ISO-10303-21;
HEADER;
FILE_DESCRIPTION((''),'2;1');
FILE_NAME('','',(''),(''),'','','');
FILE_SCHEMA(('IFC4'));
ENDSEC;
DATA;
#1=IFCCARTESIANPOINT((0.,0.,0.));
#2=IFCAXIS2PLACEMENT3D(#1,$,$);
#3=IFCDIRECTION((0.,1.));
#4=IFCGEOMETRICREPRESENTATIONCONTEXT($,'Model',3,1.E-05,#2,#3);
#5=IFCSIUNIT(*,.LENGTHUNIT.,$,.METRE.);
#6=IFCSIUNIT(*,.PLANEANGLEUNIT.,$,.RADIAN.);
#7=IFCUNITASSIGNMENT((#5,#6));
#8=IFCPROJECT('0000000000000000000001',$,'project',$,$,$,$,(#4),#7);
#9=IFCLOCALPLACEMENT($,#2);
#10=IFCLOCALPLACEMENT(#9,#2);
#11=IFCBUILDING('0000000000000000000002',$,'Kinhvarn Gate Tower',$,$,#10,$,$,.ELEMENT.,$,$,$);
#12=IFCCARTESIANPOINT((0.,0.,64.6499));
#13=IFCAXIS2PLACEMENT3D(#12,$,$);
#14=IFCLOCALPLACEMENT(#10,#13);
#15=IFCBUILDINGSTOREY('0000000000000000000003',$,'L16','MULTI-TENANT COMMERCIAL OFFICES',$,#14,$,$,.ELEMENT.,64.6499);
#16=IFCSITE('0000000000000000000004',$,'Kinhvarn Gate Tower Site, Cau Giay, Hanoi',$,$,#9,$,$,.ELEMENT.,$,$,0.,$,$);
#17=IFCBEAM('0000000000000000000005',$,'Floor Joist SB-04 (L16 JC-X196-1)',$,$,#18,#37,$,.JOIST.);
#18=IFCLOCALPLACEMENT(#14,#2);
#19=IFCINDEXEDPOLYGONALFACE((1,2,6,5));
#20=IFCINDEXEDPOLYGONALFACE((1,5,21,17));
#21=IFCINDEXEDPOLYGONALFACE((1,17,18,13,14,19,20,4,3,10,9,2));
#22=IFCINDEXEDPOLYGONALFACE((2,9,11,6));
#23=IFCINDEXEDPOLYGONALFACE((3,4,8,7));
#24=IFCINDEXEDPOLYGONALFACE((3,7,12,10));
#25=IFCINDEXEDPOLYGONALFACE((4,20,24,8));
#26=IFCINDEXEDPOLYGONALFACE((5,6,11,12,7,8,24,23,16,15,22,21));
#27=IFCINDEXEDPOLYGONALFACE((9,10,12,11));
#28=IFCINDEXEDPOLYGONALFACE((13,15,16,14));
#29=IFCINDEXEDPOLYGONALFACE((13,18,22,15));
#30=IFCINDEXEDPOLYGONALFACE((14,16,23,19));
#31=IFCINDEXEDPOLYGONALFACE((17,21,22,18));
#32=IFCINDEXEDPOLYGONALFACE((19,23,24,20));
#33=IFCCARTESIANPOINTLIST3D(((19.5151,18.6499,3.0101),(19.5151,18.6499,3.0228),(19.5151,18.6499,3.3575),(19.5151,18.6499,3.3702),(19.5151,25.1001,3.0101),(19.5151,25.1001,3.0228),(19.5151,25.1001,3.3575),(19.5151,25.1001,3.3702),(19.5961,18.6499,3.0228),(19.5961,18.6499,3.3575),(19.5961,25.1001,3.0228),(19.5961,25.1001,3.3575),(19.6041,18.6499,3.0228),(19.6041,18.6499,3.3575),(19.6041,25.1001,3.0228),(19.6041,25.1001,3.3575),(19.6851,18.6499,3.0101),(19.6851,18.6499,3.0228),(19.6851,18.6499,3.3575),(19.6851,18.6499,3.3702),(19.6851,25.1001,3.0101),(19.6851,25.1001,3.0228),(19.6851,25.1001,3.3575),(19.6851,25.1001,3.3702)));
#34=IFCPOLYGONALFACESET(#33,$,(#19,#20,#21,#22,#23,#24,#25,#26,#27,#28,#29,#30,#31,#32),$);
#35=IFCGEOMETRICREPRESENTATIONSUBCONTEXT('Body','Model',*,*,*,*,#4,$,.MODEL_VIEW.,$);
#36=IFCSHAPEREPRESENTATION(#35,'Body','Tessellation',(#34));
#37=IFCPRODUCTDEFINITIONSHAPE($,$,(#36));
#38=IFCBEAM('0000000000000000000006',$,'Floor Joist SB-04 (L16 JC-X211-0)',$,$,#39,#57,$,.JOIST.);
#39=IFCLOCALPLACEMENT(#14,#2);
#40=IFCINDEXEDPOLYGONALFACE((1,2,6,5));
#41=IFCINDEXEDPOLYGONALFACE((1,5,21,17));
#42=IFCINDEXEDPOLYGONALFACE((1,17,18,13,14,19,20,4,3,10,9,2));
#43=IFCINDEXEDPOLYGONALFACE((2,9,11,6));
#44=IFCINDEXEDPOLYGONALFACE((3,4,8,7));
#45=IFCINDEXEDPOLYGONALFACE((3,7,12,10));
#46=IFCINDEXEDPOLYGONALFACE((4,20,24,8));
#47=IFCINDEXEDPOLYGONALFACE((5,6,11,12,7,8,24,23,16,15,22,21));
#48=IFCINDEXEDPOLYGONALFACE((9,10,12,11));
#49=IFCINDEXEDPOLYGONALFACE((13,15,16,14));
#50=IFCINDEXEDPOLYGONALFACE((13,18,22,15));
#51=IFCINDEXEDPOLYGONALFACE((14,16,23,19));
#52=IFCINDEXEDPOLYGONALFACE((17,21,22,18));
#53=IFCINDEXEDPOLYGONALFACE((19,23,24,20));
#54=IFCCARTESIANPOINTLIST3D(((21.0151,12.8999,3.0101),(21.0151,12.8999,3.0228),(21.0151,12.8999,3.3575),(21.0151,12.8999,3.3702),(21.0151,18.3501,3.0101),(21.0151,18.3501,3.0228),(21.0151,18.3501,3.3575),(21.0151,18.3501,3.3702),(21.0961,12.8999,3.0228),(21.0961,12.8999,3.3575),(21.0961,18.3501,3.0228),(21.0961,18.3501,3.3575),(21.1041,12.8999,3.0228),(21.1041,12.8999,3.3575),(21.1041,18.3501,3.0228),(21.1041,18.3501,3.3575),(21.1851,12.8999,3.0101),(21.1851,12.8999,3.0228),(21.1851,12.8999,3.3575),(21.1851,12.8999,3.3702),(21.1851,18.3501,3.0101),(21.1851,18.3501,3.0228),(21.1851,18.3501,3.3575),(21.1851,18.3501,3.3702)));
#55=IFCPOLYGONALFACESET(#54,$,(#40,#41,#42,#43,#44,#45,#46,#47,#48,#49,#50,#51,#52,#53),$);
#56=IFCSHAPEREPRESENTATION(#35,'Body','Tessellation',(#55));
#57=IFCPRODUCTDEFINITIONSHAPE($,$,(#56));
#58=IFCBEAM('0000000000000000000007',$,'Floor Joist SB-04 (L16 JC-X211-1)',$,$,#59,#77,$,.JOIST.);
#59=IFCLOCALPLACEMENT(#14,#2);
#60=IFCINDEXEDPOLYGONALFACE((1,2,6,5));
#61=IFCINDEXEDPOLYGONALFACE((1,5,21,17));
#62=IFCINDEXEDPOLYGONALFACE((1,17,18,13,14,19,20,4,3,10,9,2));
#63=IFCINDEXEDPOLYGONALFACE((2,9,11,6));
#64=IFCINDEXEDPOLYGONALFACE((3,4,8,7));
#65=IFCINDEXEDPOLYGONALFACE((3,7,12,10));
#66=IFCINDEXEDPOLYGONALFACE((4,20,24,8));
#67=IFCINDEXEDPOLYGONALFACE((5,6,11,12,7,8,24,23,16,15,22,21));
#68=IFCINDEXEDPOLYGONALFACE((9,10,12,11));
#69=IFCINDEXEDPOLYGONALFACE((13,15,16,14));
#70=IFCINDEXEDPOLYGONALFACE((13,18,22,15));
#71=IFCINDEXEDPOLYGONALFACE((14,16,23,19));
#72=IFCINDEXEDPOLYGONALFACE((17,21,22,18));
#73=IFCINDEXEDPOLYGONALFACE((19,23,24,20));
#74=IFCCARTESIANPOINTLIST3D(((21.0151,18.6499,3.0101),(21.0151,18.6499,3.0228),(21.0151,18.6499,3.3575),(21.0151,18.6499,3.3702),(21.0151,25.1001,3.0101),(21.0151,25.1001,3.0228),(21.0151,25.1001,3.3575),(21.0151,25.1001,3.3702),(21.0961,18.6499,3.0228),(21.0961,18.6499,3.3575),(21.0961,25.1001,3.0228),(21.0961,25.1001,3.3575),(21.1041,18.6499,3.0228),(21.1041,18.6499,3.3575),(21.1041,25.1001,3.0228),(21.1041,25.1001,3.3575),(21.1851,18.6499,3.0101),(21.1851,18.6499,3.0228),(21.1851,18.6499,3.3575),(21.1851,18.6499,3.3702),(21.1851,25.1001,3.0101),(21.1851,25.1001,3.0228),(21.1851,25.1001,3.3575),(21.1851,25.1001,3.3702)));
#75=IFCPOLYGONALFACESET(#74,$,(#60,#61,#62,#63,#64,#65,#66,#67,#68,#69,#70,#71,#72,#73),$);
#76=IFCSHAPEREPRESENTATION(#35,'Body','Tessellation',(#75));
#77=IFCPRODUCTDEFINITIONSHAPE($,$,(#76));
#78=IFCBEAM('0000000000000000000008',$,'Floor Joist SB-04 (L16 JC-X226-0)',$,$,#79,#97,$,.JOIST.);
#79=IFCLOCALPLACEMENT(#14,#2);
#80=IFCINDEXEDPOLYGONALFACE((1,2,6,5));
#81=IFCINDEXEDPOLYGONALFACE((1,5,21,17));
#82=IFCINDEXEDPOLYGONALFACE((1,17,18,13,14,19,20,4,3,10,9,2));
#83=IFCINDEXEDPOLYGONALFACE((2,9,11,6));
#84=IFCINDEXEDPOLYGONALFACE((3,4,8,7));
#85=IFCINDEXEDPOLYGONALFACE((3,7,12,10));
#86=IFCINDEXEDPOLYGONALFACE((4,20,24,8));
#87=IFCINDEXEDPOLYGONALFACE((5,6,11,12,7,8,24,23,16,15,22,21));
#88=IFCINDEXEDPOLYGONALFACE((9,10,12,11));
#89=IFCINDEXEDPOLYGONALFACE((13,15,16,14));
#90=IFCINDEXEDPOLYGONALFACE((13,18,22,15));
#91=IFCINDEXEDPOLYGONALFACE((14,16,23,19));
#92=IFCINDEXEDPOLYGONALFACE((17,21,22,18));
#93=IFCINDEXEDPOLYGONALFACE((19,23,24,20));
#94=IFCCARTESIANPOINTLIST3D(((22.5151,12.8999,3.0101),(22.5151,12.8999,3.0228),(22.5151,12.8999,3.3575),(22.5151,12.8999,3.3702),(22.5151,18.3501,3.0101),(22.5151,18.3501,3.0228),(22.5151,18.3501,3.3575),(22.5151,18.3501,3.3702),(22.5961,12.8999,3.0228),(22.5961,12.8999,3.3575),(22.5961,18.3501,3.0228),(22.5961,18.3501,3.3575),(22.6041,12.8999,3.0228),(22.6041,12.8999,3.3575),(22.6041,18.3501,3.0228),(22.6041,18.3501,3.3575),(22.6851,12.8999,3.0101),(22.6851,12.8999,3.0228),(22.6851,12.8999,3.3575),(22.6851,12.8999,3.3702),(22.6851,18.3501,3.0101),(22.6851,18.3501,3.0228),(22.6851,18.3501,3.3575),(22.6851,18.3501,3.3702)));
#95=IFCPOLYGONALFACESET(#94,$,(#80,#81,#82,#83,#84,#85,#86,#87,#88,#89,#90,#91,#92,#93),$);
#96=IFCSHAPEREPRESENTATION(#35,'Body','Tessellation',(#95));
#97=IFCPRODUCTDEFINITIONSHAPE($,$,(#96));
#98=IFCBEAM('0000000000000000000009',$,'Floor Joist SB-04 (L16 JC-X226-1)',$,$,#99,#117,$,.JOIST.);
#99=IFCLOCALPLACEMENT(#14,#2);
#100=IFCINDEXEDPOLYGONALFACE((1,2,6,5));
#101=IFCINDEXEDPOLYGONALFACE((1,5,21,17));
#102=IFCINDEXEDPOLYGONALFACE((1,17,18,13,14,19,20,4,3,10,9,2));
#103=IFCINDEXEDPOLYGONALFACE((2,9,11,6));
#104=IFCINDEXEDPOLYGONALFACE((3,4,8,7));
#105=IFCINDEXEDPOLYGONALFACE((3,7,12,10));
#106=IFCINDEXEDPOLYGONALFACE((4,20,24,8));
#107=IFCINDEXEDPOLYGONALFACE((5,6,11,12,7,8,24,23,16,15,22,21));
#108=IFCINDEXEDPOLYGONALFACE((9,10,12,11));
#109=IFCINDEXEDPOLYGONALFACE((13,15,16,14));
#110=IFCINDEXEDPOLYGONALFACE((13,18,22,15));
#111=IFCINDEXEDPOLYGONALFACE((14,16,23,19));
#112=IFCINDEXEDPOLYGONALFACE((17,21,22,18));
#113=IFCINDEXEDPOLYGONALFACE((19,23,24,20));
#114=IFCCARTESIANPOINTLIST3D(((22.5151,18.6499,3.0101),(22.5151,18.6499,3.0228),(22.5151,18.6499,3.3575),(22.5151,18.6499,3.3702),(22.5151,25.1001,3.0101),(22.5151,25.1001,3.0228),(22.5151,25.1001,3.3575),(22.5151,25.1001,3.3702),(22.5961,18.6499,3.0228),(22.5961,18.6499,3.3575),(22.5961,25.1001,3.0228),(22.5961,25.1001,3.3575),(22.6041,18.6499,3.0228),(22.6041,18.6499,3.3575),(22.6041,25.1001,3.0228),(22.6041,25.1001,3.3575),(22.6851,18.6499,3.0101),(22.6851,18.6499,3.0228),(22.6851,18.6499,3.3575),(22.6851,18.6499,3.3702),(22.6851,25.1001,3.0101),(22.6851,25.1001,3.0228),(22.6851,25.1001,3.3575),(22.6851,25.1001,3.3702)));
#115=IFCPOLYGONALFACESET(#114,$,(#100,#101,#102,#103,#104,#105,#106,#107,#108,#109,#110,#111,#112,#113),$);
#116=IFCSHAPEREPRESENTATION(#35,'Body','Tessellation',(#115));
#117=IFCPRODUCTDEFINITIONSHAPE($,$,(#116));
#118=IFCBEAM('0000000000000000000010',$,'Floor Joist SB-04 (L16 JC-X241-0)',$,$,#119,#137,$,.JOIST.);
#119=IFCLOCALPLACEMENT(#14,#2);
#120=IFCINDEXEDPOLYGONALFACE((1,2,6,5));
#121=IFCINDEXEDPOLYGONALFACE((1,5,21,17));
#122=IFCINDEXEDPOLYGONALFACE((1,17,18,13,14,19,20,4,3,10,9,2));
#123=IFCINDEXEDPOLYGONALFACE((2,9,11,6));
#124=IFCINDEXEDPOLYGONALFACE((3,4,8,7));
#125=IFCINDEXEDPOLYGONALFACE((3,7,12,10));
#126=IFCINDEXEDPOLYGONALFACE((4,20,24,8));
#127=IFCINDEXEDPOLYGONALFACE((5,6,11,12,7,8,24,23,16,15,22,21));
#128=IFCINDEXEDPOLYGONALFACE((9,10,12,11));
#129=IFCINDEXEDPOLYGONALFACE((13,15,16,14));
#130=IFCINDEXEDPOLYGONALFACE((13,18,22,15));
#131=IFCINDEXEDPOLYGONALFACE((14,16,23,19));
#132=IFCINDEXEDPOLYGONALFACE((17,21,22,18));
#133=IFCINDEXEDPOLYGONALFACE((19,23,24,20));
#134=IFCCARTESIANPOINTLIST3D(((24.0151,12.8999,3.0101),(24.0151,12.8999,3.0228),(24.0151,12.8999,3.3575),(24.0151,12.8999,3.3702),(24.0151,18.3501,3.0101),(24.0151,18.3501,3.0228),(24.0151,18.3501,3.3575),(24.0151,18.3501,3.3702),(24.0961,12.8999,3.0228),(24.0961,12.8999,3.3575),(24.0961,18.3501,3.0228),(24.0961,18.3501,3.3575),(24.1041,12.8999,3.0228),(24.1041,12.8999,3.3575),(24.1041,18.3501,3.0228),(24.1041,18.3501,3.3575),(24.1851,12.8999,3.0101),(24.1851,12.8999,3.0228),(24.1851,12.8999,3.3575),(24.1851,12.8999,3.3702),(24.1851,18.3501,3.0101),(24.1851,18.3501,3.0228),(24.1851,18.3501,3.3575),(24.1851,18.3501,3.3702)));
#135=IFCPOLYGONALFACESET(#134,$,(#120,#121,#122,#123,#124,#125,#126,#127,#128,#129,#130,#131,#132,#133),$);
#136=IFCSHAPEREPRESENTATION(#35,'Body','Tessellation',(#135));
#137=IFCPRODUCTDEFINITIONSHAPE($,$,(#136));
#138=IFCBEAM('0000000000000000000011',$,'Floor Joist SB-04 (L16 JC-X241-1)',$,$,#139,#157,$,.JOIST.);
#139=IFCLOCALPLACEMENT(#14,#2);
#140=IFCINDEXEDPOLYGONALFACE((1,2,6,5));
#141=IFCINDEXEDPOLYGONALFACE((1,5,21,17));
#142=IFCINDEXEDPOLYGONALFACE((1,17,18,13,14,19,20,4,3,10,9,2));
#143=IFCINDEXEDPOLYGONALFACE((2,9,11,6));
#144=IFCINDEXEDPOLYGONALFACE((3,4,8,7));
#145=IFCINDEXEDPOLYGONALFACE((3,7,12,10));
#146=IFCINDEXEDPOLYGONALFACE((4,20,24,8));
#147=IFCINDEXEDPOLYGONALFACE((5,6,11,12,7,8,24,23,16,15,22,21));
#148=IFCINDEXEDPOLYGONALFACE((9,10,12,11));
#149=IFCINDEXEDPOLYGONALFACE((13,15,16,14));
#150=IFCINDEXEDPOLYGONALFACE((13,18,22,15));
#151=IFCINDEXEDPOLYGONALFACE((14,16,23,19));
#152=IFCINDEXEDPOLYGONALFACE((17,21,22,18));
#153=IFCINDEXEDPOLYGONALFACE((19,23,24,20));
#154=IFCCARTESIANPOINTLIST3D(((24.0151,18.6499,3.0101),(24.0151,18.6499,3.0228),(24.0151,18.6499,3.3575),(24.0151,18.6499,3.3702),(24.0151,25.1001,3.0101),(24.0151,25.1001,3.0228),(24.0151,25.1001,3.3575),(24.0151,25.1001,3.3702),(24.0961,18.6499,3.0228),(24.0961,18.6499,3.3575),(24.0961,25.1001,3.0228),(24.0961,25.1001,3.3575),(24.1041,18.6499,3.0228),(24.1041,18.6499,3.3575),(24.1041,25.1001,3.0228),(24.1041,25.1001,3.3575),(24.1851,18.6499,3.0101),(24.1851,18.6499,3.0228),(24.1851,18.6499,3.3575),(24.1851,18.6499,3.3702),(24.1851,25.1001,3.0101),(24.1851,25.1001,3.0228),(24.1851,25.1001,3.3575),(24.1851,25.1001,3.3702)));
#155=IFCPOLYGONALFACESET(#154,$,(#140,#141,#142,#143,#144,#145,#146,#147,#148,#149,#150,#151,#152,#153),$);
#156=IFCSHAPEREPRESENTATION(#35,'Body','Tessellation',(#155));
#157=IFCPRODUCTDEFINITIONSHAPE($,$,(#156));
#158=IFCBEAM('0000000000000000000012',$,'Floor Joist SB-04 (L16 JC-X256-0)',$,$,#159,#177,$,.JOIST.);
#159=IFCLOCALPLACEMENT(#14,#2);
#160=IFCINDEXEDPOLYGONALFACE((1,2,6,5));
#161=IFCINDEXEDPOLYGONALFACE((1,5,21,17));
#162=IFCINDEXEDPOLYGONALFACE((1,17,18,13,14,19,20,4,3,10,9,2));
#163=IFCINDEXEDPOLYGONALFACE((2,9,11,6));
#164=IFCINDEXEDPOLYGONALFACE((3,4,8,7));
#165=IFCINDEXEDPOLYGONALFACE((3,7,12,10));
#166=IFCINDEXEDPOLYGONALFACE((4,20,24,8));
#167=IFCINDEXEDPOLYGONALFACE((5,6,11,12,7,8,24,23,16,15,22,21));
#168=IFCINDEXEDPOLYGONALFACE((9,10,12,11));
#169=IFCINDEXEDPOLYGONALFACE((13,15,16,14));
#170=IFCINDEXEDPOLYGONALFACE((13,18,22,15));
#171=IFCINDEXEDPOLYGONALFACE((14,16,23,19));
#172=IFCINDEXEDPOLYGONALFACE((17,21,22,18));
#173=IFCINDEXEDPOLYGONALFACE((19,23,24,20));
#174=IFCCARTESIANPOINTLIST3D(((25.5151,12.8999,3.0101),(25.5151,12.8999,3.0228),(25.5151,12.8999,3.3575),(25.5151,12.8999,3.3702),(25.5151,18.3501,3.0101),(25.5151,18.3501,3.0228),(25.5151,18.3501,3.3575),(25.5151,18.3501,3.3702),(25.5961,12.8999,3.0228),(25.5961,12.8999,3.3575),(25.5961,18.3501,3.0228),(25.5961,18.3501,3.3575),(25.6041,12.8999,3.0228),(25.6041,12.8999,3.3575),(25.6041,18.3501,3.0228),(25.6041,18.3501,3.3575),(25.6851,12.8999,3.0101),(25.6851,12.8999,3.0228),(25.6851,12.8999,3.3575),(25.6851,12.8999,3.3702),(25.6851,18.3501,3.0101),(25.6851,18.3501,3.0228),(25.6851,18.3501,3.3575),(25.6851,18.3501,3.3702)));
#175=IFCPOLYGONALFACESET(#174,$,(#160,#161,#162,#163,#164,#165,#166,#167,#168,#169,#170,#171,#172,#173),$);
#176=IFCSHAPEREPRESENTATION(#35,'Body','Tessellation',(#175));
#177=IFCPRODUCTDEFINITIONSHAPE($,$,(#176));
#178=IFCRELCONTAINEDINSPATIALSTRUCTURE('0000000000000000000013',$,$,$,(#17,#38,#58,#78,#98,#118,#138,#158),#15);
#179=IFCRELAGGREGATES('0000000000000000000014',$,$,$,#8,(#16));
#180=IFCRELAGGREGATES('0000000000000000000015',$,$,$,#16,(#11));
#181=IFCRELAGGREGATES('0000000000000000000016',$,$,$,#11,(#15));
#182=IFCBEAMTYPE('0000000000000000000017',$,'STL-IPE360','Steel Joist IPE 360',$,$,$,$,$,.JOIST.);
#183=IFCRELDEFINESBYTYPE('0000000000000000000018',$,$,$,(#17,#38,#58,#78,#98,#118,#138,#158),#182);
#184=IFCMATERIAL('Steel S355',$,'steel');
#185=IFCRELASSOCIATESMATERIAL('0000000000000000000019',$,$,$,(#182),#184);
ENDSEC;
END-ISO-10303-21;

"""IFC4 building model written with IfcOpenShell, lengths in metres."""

from ifc_helpers import new_model, si_unit, direction, frame, origin, origin_2d, place, context, subcontext, project, spatial, i_section, extrude, material, material_profile, profile_set, type_object, element, save


model = new_model("IFC4")

# Units and contexts
model_context = context("Model", 3, precision=1e-05, world=origin(), true_north=direction((0.0, 1.0)))
body_context = subcontext(model_context, "Body", "Model", "MODEL_VIEW")
ifc_project = project(units=[si_unit("LENGTHUNIT", "METRE"), si_unit("PLANEANGLEUNIT", "RADIAN")], contexts=[model_context])

# Site, building, storey
site_placement = place(None, origin())
site = spatial("IfcSite", under=ifc_project, at=site_placement, Name="Kinhvarn Gate Tower Site, Cau Giay, Hanoi", CompositionType="ELEMENT", RefElevation=0.0)
building_placement = place(site_placement, origin())
building = spatial("IfcBuilding", under=site, at=building_placement, Name="Kinhvarn Gate Tower", CompositionType="ELEMENT")
storey_placement = place(building_placement, frame((0.0, 0.0, 64.6499)))
storey = spatial("IfcBuildingStorey", under=building, at=storey_placement, Name="L16", Description="MULTI-TENANT COMMERCIAL OFFICES", CompositionType="ELEMENT", Elevation=64.6499)

# Beams
ifc_material_1 = material(Name="Steel S355", Category="steel")
ifc_material_profile = material_profile(ifc_material_1, i_section(OverallWidth=0.1699, OverallDepth=0.3601, WebThickness=0.0081, FlangeThickness=0.0127, at=origin_2d()), Name="IPE 360")
ifc_profile_set = profile_set([ifc_material_profile], Name="Steel S355")
beam_type = type_object("IfcBeamType", Name="STL-IPE360", Description="Steel Joist IPE 360", PredefinedType="JOIST", material=ifc_profile_set)
beam_1_placement = place(storey_placement, frame((19.6001, 18.6499, 3.1902), z_axis=(0.0, 1.0, 0.0), x_axis=(-1.0, 0.0, 0.0)))
element("IfcBeam", 1, at=beam_1_placement, inside=storey, type_object=beam_type, Name="Floor Joist SB-04 (L16 JC-X196-1)", PredefinedType="JOIST", context=body_context, shape_type="SweptSolid", body=[
    extrude(i_section(OverallWidth=0.1699, OverallDepth=0.3601, WebThickness=0.0081, FlangeThickness=0.0127, at=origin_2d()), origin(), (0.0, 0.0, 1.0), 6.4502),
])
beam_2_placement = place(storey_placement, frame((21.1001, 12.8999, 3.1902), z_axis=(0.0, 1.0, 0.0), x_axis=(-1.0, 0.0, 0.0)))
element("IfcBeam", 2, at=beam_2_placement, inside=storey, type_object=beam_type, Name="Floor Joist SB-04 (L16 JC-X211-0)", PredefinedType="JOIST", context=body_context, shape_type="SweptSolid", body=[
    extrude(i_section(OverallWidth=0.1699, OverallDepth=0.3601, WebThickness=0.0081, FlangeThickness=0.0127, at=origin_2d()), origin(), (0.0, 0.0, 1.0), 5.4502),
])
beam_3_placement = place(storey_placement, frame((21.1001, 18.6499, 3.1902), z_axis=(0.0, 1.0, 0.0), x_axis=(-1.0, 0.0, 0.0)))
element("IfcBeam", 3, at=beam_3_placement, inside=storey, type_object=beam_type, Name="Floor Joist SB-04 (L16 JC-X211-1)", PredefinedType="JOIST", context=body_context, shape_type="SweptSolid", body=[
    extrude(i_section(OverallWidth=0.1699, OverallDepth=0.3601, WebThickness=0.0081, FlangeThickness=0.0127, at=origin_2d()), origin(), (0.0, 0.0, 1.0), 6.4502),
])
beam_4_placement = place(storey_placement, frame((22.6001, 12.8999, 3.1902), z_axis=(0.0, 1.0, 0.0), x_axis=(-1.0, 0.0, 0.0)))
element("IfcBeam", 4, at=beam_4_placement, inside=storey, type_object=beam_type, Name="Floor Joist SB-04 (L16 JC-X226-0)", PredefinedType="JOIST", context=body_context, shape_type="SweptSolid", body=[
    extrude(i_section(OverallWidth=0.1699, OverallDepth=0.3601, WebThickness=0.0081, FlangeThickness=0.0127, at=origin_2d()), origin(), (0.0, 0.0, 1.0), 5.4502),
])
beam_5_placement = place(storey_placement, frame((22.6001, 18.6499, 3.1902), z_axis=(0.0, 1.0, 0.0), x_axis=(-1.0, 0.0, 0.0)))
element("IfcBeam", 5, at=beam_5_placement, inside=storey, type_object=beam_type, Name="Floor Joist SB-04 (L16 JC-X226-1)", PredefinedType="JOIST", context=body_context, shape_type="SweptSolid", body=[
    extrude(i_section(OverallWidth=0.1699, OverallDepth=0.3601, WebThickness=0.0081, FlangeThickness=0.0127, at=origin_2d()), origin(), (0.0, 0.0, 1.0), 6.4502),
])
beam_6_placement = place(storey_placement, frame((24.1001, 12.8999, 3.1902), z_axis=(0.0, 1.0, 0.0), x_axis=(-1.0, 0.0, 0.0)))
element("IfcBeam", 6, at=beam_6_placement, inside=storey, type_object=beam_type, Name="Floor Joist SB-04 (L16 JC-X241-0)", PredefinedType="JOIST", context=body_context, shape_type="SweptSolid", body=[
    extrude(i_section(OverallWidth=0.1699, OverallDepth=0.3601, WebThickness=0.0081, FlangeThickness=0.0127, at=origin_2d()), origin(), (0.0, 0.0, 1.0), 5.4502),
])
beam_7_placement = place(storey_placement, frame((24.1001, 18.6499, 3.1902), z_axis=(0.0, 1.0, 0.0), x_axis=(-1.0, 0.0, 0.0)))
element("IfcBeam", 7, at=beam_7_placement, inside=storey, type_object=beam_type, Name="Floor Joist SB-04 (L16 JC-X241-1)", PredefinedType="JOIST", context=body_context, shape_type="SweptSolid", body=[
    extrude(i_section(OverallWidth=0.1699, OverallDepth=0.3601, WebThickness=0.0081, FlangeThickness=0.0127, at=origin_2d()), origin(), (0.0, 0.0, 1.0), 6.4502),
])
beam_8_placement = place(storey_placement, frame((25.6001, 12.8999, 3.1902), z_axis=(0.0, 1.0, 0.0), x_axis=(-1.0, 0.0, 0.0)))
element("IfcBeam", 8, at=beam_8_placement, inside=storey, type_object=beam_type, Name="Floor Joist SB-04 (L16 JC-X256-0)", PredefinedType="JOIST", context=body_context, shape_type="SweptSolid", body=[
    extrude(i_section(OverallWidth=0.1699, OverallDepth=0.3601, WebThickness=0.0081, FlangeThickness=0.0127, at=origin_2d()), origin(), (0.0, 0.0, 1.0), 5.4502),
])

save(model, "model.ifc")
